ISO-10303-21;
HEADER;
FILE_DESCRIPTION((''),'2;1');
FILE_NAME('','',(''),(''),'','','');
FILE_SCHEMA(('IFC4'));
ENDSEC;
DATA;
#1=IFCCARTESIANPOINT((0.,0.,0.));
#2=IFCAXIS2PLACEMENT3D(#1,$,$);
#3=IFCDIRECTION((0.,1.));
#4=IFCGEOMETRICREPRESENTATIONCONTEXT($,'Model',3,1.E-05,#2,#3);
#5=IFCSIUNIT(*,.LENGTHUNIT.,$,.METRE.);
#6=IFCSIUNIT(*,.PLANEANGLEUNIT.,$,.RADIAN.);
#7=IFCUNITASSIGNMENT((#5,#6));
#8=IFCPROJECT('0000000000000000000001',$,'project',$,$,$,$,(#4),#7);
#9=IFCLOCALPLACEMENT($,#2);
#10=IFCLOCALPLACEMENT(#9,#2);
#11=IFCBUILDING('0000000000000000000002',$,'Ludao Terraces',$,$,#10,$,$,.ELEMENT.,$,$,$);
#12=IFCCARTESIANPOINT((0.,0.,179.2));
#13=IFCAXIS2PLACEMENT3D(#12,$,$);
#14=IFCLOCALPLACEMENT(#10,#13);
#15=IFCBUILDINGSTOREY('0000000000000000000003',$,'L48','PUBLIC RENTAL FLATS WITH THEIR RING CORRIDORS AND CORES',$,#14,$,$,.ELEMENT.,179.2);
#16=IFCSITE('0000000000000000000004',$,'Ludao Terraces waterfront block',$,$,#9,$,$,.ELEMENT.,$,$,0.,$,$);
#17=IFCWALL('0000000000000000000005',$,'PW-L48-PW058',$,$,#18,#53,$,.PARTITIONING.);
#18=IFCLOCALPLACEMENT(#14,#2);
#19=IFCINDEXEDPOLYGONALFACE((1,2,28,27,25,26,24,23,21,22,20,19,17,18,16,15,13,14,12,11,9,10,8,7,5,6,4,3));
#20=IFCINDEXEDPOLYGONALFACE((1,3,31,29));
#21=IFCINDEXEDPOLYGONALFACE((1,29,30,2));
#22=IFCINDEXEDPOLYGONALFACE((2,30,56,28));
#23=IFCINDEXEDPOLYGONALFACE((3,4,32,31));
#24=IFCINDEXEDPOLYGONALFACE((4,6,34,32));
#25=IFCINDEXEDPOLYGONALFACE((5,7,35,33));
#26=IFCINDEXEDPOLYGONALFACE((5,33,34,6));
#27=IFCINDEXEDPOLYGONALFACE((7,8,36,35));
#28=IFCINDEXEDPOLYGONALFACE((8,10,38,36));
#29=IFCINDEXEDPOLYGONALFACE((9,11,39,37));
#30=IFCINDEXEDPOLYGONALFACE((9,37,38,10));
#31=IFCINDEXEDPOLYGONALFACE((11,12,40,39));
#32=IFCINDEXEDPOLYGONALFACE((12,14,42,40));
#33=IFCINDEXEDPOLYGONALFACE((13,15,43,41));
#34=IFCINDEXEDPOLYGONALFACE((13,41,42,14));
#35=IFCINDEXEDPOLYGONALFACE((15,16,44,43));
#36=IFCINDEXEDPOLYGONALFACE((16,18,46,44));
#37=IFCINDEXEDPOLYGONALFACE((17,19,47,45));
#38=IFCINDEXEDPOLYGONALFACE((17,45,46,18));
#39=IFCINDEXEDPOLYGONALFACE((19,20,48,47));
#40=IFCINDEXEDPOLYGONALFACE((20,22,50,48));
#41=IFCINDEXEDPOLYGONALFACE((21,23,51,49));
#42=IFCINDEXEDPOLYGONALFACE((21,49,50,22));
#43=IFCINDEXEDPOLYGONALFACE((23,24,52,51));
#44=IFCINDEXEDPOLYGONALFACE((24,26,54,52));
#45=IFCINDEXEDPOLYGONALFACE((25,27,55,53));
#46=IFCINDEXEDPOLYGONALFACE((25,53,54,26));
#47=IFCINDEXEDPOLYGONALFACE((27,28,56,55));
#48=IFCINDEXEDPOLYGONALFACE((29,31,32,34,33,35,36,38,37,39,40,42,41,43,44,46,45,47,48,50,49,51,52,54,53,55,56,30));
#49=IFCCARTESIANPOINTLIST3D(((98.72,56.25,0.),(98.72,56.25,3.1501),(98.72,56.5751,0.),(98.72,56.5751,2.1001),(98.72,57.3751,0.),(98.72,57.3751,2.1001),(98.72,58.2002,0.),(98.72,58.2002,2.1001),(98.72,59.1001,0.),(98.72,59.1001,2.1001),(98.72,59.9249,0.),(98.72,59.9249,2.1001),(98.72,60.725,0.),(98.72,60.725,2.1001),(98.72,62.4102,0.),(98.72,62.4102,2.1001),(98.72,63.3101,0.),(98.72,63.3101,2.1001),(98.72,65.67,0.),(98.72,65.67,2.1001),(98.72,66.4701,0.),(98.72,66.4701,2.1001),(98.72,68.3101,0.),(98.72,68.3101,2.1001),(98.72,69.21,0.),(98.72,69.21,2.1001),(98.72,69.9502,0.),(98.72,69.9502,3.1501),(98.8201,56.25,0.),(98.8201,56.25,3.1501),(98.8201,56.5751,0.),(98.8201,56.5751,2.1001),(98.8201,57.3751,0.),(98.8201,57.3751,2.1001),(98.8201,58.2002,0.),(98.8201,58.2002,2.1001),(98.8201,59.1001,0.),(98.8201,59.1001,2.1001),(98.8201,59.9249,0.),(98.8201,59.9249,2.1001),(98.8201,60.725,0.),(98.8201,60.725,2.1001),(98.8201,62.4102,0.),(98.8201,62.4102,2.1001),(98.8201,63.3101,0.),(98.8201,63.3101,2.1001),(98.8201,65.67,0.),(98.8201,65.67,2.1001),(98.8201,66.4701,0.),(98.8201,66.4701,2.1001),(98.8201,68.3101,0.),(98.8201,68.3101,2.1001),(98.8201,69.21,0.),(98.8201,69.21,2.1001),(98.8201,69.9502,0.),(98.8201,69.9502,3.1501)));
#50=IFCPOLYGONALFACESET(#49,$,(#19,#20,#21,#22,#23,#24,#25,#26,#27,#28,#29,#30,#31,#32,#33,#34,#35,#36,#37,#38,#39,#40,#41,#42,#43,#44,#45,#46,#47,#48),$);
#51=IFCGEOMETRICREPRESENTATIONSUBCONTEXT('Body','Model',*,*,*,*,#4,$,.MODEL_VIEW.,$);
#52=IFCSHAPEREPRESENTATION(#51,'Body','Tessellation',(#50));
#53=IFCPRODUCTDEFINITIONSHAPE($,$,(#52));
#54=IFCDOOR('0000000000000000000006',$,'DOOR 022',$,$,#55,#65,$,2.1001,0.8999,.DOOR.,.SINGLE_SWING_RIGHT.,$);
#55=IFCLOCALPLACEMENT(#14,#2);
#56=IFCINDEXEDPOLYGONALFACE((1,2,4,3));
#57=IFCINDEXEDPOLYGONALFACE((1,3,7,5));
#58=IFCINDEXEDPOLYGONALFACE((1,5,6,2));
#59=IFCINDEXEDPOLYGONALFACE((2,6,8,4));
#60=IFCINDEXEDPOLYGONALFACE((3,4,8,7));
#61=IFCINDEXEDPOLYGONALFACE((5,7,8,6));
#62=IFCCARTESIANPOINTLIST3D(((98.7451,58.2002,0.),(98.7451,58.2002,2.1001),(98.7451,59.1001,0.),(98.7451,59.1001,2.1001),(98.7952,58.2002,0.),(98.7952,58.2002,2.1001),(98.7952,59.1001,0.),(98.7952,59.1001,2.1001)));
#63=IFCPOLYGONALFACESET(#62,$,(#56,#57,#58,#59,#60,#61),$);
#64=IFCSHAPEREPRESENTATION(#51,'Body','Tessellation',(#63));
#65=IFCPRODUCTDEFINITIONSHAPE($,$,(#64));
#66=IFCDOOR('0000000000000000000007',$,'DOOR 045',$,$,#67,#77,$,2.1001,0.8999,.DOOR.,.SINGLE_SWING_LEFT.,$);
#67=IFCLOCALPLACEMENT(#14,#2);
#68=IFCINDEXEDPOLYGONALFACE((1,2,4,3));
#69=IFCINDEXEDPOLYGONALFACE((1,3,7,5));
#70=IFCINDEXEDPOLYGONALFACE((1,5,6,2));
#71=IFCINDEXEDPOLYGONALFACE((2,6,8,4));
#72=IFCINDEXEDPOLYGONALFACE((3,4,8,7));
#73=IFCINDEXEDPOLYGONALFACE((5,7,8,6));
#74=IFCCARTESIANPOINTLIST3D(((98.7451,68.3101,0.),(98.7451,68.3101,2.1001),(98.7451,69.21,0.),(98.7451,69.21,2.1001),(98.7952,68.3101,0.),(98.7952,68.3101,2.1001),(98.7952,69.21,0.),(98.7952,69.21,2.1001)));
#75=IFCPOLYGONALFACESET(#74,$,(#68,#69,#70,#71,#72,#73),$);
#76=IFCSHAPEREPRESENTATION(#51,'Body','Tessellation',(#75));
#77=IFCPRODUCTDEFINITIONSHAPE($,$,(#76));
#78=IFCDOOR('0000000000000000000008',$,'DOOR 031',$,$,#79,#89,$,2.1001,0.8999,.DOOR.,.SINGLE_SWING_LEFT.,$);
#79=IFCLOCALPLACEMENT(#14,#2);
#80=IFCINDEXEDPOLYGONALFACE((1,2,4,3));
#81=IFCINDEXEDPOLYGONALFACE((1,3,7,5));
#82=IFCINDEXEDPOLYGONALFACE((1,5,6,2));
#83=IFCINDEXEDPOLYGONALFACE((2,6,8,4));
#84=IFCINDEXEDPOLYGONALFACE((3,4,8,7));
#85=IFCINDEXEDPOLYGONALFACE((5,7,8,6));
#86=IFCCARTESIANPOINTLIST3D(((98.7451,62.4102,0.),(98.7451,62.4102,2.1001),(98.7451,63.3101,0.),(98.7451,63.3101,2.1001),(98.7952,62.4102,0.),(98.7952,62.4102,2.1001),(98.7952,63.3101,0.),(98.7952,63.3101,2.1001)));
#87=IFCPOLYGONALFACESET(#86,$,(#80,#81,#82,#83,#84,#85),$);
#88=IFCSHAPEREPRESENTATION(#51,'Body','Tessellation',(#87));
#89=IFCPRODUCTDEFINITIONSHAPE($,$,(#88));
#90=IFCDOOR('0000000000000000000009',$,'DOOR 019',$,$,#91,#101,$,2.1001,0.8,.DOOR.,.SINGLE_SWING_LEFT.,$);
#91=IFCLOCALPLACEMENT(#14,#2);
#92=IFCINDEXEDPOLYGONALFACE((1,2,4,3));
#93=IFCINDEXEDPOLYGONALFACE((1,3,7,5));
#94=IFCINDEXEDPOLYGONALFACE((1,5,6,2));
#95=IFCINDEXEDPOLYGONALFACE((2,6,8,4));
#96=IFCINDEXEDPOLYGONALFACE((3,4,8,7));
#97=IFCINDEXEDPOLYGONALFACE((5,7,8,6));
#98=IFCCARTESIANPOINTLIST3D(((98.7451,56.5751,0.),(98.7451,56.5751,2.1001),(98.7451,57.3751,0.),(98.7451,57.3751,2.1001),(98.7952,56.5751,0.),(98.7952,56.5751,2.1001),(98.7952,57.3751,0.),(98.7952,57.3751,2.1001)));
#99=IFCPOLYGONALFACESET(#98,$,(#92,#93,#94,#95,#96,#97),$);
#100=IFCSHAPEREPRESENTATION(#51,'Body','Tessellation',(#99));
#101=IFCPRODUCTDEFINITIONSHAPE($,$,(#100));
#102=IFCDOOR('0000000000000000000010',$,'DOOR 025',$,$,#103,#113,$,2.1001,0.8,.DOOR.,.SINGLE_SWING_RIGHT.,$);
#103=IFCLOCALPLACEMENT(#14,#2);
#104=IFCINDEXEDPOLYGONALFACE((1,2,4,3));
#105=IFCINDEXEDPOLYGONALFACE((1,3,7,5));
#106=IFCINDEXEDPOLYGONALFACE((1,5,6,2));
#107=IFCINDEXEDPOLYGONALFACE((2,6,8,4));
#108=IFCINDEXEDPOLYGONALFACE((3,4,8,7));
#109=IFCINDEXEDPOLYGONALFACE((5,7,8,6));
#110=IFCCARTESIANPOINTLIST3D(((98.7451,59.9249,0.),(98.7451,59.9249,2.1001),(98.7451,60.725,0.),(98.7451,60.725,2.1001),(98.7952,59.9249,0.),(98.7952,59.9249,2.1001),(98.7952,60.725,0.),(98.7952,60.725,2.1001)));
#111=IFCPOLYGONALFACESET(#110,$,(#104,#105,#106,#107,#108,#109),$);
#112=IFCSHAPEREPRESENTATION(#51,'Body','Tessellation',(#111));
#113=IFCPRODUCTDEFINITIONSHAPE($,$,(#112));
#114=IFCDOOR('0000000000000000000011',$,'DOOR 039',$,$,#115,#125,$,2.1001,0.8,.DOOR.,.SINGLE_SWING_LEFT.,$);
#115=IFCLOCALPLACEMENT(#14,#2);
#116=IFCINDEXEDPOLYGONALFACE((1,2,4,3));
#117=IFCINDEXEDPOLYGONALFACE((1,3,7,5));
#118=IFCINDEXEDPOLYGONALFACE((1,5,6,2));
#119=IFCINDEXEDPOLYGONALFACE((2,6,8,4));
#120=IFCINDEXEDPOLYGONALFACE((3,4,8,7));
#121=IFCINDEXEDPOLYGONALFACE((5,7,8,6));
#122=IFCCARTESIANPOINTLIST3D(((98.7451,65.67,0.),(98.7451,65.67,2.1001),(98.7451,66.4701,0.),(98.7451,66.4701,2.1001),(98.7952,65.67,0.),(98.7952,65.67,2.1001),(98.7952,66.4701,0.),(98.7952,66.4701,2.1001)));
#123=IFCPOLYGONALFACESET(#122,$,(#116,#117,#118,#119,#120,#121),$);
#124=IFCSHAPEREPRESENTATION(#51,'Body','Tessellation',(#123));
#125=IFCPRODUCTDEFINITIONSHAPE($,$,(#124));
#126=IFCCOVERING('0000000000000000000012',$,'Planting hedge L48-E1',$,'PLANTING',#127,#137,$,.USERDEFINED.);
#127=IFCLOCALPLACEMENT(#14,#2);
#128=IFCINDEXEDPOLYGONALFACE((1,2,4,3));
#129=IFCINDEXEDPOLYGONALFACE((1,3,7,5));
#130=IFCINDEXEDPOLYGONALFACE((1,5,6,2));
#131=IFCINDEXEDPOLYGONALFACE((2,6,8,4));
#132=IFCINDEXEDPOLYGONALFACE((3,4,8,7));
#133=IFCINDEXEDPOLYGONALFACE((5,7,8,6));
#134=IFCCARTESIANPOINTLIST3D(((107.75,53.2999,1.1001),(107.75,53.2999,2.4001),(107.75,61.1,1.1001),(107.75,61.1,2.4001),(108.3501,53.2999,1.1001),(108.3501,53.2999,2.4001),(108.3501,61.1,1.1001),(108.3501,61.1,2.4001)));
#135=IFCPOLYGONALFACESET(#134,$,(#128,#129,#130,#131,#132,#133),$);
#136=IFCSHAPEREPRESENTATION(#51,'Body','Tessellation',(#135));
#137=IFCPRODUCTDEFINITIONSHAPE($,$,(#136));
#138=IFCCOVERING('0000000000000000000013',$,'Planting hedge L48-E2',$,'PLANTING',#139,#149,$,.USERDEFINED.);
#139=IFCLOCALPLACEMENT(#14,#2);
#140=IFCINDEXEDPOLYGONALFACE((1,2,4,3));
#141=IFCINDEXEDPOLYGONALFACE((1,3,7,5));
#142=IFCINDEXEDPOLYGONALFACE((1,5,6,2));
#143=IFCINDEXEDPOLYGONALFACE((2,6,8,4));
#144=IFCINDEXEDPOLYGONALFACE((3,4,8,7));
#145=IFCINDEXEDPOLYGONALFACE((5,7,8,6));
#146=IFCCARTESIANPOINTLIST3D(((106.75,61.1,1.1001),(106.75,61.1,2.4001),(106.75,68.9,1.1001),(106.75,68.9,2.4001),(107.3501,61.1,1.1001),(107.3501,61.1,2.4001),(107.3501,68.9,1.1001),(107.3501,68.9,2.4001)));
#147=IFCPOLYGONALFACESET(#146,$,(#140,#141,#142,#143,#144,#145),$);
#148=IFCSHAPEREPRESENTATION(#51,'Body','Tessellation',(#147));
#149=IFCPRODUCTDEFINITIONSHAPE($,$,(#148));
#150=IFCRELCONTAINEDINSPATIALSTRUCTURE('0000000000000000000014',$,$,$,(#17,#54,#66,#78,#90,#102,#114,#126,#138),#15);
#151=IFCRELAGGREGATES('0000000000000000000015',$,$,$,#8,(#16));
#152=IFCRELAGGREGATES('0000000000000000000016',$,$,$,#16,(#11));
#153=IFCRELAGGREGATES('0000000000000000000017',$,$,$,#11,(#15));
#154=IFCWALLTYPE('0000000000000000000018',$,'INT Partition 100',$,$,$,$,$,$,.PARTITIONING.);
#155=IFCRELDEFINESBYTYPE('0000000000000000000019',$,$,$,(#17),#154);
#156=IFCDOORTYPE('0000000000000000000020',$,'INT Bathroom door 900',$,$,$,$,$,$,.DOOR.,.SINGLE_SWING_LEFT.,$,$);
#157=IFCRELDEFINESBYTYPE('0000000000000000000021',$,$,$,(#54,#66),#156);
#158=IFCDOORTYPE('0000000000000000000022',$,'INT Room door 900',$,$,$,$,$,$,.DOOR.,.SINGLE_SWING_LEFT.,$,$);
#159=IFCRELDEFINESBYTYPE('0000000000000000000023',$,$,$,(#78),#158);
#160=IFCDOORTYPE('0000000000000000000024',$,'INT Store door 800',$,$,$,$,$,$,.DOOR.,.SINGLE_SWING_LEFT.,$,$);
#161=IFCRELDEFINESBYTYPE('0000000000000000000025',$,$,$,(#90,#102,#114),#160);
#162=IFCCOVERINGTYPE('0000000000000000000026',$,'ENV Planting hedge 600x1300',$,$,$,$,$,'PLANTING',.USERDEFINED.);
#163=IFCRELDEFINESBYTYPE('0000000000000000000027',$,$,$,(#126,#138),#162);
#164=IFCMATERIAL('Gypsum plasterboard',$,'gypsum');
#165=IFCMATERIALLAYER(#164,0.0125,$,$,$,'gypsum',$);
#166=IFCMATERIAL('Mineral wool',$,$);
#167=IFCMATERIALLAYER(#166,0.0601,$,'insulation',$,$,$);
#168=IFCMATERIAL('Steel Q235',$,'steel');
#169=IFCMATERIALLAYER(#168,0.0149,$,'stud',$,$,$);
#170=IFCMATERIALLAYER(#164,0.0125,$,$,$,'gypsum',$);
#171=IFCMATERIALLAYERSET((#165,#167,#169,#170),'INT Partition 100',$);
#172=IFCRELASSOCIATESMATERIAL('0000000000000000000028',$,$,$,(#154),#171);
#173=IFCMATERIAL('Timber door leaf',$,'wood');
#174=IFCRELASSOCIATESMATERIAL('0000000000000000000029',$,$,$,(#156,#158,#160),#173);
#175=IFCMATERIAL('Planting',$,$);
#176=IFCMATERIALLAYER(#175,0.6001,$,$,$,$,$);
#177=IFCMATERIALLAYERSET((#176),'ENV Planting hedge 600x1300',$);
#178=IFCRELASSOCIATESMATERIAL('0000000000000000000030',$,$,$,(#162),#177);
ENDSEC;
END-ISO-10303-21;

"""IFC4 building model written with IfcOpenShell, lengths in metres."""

from ifc_helpers import new_model, si_unit, direction, frame, frame_2d, origin, origin_2d, place, context, subcontext, project, spatial, rectangle, extrude, material, layer, layer_set, type_object, element, fill, save


model = new_model("IFC4")

# Units and contexts
model_context = context("Model", 3, precision=1e-05, world=origin(), true_north=direction((0.0, 1.0)))
body_context = subcontext(model_context, "Body", "Model", "MODEL_VIEW")
ifc_project = project(units=[si_unit("LENGTHUNIT", "METRE"), si_unit("PLANEANGLEUNIT", "RADIAN")], contexts=[model_context])

# Site, building, storey
site_placement = place(None, origin())
site = spatial("IfcSite", under=ifc_project, at=site_placement, Name="Ludao Terraces waterfront block", CompositionType="ELEMENT", RefElevation=0.0)
building_placement = place(site_placement, origin())
building = spatial("IfcBuilding", under=site, at=building_placement, Name="Ludao Terraces", CompositionType="ELEMENT")
storey_placement = place(building_placement, frame((0.0, 0.0, 179.2)))
storey = spatial("IfcBuildingStorey", under=building, at=storey_placement, Name="L48", Description="PUBLIC RENTAL FLATS WITH THEIR RING CORRIDORS AND CORES", CompositionType="ELEMENT", Elevation=179.2)

# Shared definitions
ifc_material_1 = material(Name="Mineral wool")

# Shared definitions
ifc_material_2 = material(Name="Gypsum plasterboard", Category="gypsum")
ifc_layer_1 = layer(ifc_material_2, 0.0125, Category="gypsum")
ifc_layer_2 = layer(ifc_material_1, 0.0601, Name="insulation")
ifc_material_3 = material(Name="Steel Q235", Category="steel")
ifc_layer_3 = layer(ifc_material_3, 0.0149, Name="stud")
ifc_layer_4 = layer(ifc_material_2, 0.0125, Category="gypsum")
ifc_layer_set_1 = layer_set([ifc_layer_1, ifc_layer_2, ifc_layer_3, ifc_layer_4], Name="INT Partition 100")
wall_type_1 = type_object("IfcWallType", Name="INT Partition 100", PredefinedType="PARTITIONING", material=ifc_layer_set_1)

# Wall, openings, doors
wall_1_placement = place(storey_placement, frame((98.77, 56.25, 0.0), z_axis=(0.0, 0.0, 1.0), x_axis=(0.0, 1.0, 0.0)))
wall_1 = element("IfcWall", 1, at=wall_1_placement, inside=storey, type_object=wall_type_1, Name="PW-L48-PW058", PredefinedType="PARTITIONING", context=body_context, shape_type="SweptSolid", body=[
    extrude(rectangle(XDim=13.7002, YDim=0.1001, at=frame_2d((6.8501, 0.0))), origin(), (0.0, 0.0, 1.0), 3.1501),
])
opening_1_placement = place(wall_1_placement, frame((0.3252, 0.0, 0.0)))
opening_1 = element("IfcOpeningElement", 2, at=opening_1_placement, cuts=wall_1, PredefinedType="OPENING", context=body_context, shape_type="SweptSolid", body=[
    extrude(rectangle(XDim=0.8, YDim=2.1001, at=frame_2d((0.3999, 1.05))), frame((0.0, 0.0601, 0.0), z_axis=(0.0, -1.0, 0.0), x_axis=(1.0, 0.0, 0.0)), (0.0, 0.0, 1.0), 0.1201),
])
opening_2_placement = place(wall_1_placement, frame((1.9502, 0.0, 0.0)))
opening_2 = element("IfcOpeningElement", 3, at=opening_2_placement, cuts=wall_1, PredefinedType="OPENING", context=body_context, shape_type="SweptSolid", body=[
    extrude(rectangle(XDim=0.8999, YDim=2.1001, at=frame_2d((0.45, 1.05))), frame((0.0, 0.0601, 0.0), z_axis=(0.0, -1.0, 0.0), x_axis=(1.0, 0.0, 0.0)), (0.0, 0.0, 1.0), 0.1201),
])
opening_3_placement = place(wall_1_placement, frame((3.675, 0.0, 0.0)))
opening_3 = element("IfcOpeningElement", 4, at=opening_3_placement, cuts=wall_1, PredefinedType="OPENING", context=body_context, shape_type="SweptSolid", body=[
    extrude(rectangle(XDim=0.8, YDim=2.1001, at=frame_2d((0.3999, 1.05))), frame((0.0, 0.0601, 0.0), z_axis=(0.0, -1.0, 0.0), x_axis=(1.0, 0.0, 0.0)), (0.0, 0.0, 1.0), 0.1201),
])
opening_4_placement = place(wall_1_placement, frame((6.1602, 0.0, 0.0)))
opening_4 = element("IfcOpeningElement", 5, at=opening_4_placement, cuts=wall_1, PredefinedType="OPENING", context=body_context, shape_type="SweptSolid", body=[
    extrude(rectangle(XDim=0.8999, YDim=2.1001, at=frame_2d((0.45, 1.05))), frame((0.0, 0.0601, 0.0), z_axis=(0.0, -1.0, 0.0), x_axis=(1.0, 0.0, 0.0)), (0.0, 0.0, 1.0), 0.1201),
])
opening_5_placement = place(wall_1_placement, frame((9.4202, 0.0, 0.0)))
opening_5 = element("IfcOpeningElement", 6, at=opening_5_placement, cuts=wall_1, PredefinedType="OPENING", context=body_context, shape_type="SweptSolid", body=[
    extrude(rectangle(XDim=0.8, YDim=2.1001, at=frame_2d((0.3999, 1.05))), frame((0.0, 0.0601, 0.0), z_axis=(0.0, -1.0, 0.0), x_axis=(1.0, 0.0, 0.0)), (0.0, 0.0, 1.0), 0.1201),
])
opening_6_placement = place(wall_1_placement, frame((12.0601, 0.0, 0.0)))
opening_6 = element("IfcOpeningElement", 7, at=opening_6_placement, cuts=wall_1, PredefinedType="OPENING", context=body_context, shape_type="SweptSolid", body=[
    extrude(rectangle(XDim=0.8999, YDim=2.1001, at=frame_2d((0.45, 1.05))), frame((0.0, 0.0601, 0.0), z_axis=(0.0, -1.0, 0.0), x_axis=(1.0, 0.0, 0.0)), (0.0, 0.0, 1.0), 0.1201),
])
ifc_material_4 = material(Name="Timber door leaf", Category="wood")
door_type_1 = type_object("IfcDoorType", Name="INT Bathroom door 900", OperationType="SINGLE_SWING_LEFT", PredefinedType="DOOR", material=ifc_material_4)
door_1_placement = place(opening_2_placement, origin())
door_1 = element("IfcDoor", 8, at=door_1_placement, inside=storey, type_object=door_type_1, Name="DOOR 022", OperationType="SINGLE_SWING_RIGHT", OverallHeight=2.1001, OverallWidth=0.8999, PredefinedType="DOOR", context=body_context, shape_type="SweptSolid", body=[
    extrude(rectangle(XDim=0.8999, YDim=2.1001, at=frame_2d((0.45, 1.05))), frame((0.0, 0.0249, 0.0), z_axis=(0.0, -1.0, 0.0), x_axis=(1.0, 0.0, 0.0)), (0.0, 0.0, 1.0), 0.05),
])
fill(opening_2, door_1)
door_2_placement = place(opening_6_placement, origin())
door_2 = element("IfcDoor", 9, at=door_2_placement, inside=storey, type_object=door_type_1, Name="DOOR 045", OperationType="SINGLE_SWING_LEFT", OverallHeight=2.1001, OverallWidth=0.8999, PredefinedType="DOOR", context=body_context, shape_type="SweptSolid", body=[
    extrude(rectangle(XDim=0.8999, YDim=2.1001, at=frame_2d((0.45, 1.05))), frame((0.0, 0.0249, 0.0), z_axis=(0.0, -1.0, 0.0), x_axis=(1.0, 0.0, 0.0)), (0.0, 0.0, 1.0), 0.05),
])
fill(opening_6, door_2)
door_type_2 = type_object("IfcDoorType", Name="INT Room door 900", OperationType="SINGLE_SWING_LEFT", PredefinedType="DOOR", material=ifc_material_4)
door_3_placement = place(opening_4_placement, origin())
door_3 = element("IfcDoor", 10, at=door_3_placement, inside=storey, type_object=door_type_2, Name="DOOR 031", OperationType="SINGLE_SWING_LEFT", OverallHeight=2.1001, OverallWidth=0.8999, PredefinedType="DOOR", context=body_context, shape_type="SweptSolid", body=[
    extrude(rectangle(XDim=0.8999, YDim=2.1001, at=frame_2d((0.45, 1.05))), frame((0.0, 0.0249, 0.0), z_axis=(0.0, -1.0, 0.0), x_axis=(1.0, 0.0, 0.0)), (0.0, 0.0, 1.0), 0.05),
])
fill(opening_4, door_3)
door_type_3 = type_object("IfcDoorType", Name="INT Store door 800", OperationType="SINGLE_SWING_LEFT", PredefinedType="DOOR", material=ifc_material_4)
door_4_placement = place(opening_1_placement, origin())
door_4 = element("IfcDoor", 11, at=door_4_placement, inside=storey, type_object=door_type_3, Name="DOOR 019", OperationType="SINGLE_SWING_LEFT", OverallHeight=2.1001, OverallWidth=0.8, PredefinedType="DOOR", context=body_context, shape_type="SweptSolid", body=[
    extrude(rectangle(XDim=0.8, YDim=2.1001, at=frame_2d((0.3999, 1.05))), frame((0.0, 0.0249, 0.0), z_axis=(0.0, -1.0, 0.0), x_axis=(1.0, 0.0, 0.0)), (0.0, 0.0, 1.0), 0.05),
])
fill(opening_1, door_4)
door_5_placement = place(opening_3_placement, origin())
door_5 = element("IfcDoor", 12, at=door_5_placement, inside=storey, type_object=door_type_3, Name="DOOR 025", OperationType="SINGLE_SWING_RIGHT", OverallHeight=2.1001, OverallWidth=0.8, PredefinedType="DOOR", context=body_context, shape_type="SweptSolid", body=[
    extrude(rectangle(XDim=0.8, YDim=2.1001, at=frame_2d((0.3999, 1.05))), frame((0.0, 0.0249, 0.0), z_axis=(0.0, -1.0, 0.0), x_axis=(1.0, 0.0, 0.0)), (0.0, 0.0, 1.0), 0.05),
])
fill(opening_3, door_5)
door_6_placement = place(opening_5_placement, origin())
door_6 = element("IfcDoor", 13, at=door_6_placement, inside=storey, type_object=door_type_3, Name="DOOR 039", OperationType="SINGLE_SWING_LEFT", OverallHeight=2.1001, OverallWidth=0.8, PredefinedType="DOOR", context=body_context, shape_type="SweptSolid", body=[
    extrude(rectangle(XDim=0.8, YDim=2.1001, at=frame_2d((0.3999, 1.05))), frame((0.0, 0.0249, 0.0), z_axis=(0.0, -1.0, 0.0), x_axis=(1.0, 0.0, 0.0)), (0.0, 0.0, 1.0), 0.05),
])
fill(opening_5, door_6)

# Coverings
ifc_material_5 = material(Name="Planting")
ifc_layer_5 = layer(ifc_material_5, 0.6001)
ifc_layer_set_2 = layer_set([ifc_layer_5], Name="ENV Planting hedge 600x1300")
covering_type = type_object("IfcCoveringType", Name="ENV Planting hedge 600x1300", ElementType="PLANTING", PredefinedType="USERDEFINED", material=ifc_layer_set_2)
for number, where, z_axis, x_axis, name in (
    (14, (108.05, 57.2, 1.1001), (0.0, 0.0, 1.0), (1.0, 0.0, 0.0), "Planting hedge L48-E1"),
    (15, (107.05, 65.0, 1.1001), (0.0, 0.0, 1.0), (1.0, 0.0, 0.0), "Planting hedge L48-E2"),
):
    element("IfcCovering", number, at=place(storey_placement, frame(where, z_axis=z_axis, x_axis=x_axis)), inside=storey, type_object=covering_type, Name=name, ObjectType="PLANTING", PredefinedType="USERDEFINED", context=body_context, shape_type="SweptSolid", body=[
        extrude(rectangle(XDim=0.6001, YDim=7.8, at=origin_2d()), origin(), (0.0, 0.0, 1.0), 1.3),
    ])

save(model, "model.ifc")
